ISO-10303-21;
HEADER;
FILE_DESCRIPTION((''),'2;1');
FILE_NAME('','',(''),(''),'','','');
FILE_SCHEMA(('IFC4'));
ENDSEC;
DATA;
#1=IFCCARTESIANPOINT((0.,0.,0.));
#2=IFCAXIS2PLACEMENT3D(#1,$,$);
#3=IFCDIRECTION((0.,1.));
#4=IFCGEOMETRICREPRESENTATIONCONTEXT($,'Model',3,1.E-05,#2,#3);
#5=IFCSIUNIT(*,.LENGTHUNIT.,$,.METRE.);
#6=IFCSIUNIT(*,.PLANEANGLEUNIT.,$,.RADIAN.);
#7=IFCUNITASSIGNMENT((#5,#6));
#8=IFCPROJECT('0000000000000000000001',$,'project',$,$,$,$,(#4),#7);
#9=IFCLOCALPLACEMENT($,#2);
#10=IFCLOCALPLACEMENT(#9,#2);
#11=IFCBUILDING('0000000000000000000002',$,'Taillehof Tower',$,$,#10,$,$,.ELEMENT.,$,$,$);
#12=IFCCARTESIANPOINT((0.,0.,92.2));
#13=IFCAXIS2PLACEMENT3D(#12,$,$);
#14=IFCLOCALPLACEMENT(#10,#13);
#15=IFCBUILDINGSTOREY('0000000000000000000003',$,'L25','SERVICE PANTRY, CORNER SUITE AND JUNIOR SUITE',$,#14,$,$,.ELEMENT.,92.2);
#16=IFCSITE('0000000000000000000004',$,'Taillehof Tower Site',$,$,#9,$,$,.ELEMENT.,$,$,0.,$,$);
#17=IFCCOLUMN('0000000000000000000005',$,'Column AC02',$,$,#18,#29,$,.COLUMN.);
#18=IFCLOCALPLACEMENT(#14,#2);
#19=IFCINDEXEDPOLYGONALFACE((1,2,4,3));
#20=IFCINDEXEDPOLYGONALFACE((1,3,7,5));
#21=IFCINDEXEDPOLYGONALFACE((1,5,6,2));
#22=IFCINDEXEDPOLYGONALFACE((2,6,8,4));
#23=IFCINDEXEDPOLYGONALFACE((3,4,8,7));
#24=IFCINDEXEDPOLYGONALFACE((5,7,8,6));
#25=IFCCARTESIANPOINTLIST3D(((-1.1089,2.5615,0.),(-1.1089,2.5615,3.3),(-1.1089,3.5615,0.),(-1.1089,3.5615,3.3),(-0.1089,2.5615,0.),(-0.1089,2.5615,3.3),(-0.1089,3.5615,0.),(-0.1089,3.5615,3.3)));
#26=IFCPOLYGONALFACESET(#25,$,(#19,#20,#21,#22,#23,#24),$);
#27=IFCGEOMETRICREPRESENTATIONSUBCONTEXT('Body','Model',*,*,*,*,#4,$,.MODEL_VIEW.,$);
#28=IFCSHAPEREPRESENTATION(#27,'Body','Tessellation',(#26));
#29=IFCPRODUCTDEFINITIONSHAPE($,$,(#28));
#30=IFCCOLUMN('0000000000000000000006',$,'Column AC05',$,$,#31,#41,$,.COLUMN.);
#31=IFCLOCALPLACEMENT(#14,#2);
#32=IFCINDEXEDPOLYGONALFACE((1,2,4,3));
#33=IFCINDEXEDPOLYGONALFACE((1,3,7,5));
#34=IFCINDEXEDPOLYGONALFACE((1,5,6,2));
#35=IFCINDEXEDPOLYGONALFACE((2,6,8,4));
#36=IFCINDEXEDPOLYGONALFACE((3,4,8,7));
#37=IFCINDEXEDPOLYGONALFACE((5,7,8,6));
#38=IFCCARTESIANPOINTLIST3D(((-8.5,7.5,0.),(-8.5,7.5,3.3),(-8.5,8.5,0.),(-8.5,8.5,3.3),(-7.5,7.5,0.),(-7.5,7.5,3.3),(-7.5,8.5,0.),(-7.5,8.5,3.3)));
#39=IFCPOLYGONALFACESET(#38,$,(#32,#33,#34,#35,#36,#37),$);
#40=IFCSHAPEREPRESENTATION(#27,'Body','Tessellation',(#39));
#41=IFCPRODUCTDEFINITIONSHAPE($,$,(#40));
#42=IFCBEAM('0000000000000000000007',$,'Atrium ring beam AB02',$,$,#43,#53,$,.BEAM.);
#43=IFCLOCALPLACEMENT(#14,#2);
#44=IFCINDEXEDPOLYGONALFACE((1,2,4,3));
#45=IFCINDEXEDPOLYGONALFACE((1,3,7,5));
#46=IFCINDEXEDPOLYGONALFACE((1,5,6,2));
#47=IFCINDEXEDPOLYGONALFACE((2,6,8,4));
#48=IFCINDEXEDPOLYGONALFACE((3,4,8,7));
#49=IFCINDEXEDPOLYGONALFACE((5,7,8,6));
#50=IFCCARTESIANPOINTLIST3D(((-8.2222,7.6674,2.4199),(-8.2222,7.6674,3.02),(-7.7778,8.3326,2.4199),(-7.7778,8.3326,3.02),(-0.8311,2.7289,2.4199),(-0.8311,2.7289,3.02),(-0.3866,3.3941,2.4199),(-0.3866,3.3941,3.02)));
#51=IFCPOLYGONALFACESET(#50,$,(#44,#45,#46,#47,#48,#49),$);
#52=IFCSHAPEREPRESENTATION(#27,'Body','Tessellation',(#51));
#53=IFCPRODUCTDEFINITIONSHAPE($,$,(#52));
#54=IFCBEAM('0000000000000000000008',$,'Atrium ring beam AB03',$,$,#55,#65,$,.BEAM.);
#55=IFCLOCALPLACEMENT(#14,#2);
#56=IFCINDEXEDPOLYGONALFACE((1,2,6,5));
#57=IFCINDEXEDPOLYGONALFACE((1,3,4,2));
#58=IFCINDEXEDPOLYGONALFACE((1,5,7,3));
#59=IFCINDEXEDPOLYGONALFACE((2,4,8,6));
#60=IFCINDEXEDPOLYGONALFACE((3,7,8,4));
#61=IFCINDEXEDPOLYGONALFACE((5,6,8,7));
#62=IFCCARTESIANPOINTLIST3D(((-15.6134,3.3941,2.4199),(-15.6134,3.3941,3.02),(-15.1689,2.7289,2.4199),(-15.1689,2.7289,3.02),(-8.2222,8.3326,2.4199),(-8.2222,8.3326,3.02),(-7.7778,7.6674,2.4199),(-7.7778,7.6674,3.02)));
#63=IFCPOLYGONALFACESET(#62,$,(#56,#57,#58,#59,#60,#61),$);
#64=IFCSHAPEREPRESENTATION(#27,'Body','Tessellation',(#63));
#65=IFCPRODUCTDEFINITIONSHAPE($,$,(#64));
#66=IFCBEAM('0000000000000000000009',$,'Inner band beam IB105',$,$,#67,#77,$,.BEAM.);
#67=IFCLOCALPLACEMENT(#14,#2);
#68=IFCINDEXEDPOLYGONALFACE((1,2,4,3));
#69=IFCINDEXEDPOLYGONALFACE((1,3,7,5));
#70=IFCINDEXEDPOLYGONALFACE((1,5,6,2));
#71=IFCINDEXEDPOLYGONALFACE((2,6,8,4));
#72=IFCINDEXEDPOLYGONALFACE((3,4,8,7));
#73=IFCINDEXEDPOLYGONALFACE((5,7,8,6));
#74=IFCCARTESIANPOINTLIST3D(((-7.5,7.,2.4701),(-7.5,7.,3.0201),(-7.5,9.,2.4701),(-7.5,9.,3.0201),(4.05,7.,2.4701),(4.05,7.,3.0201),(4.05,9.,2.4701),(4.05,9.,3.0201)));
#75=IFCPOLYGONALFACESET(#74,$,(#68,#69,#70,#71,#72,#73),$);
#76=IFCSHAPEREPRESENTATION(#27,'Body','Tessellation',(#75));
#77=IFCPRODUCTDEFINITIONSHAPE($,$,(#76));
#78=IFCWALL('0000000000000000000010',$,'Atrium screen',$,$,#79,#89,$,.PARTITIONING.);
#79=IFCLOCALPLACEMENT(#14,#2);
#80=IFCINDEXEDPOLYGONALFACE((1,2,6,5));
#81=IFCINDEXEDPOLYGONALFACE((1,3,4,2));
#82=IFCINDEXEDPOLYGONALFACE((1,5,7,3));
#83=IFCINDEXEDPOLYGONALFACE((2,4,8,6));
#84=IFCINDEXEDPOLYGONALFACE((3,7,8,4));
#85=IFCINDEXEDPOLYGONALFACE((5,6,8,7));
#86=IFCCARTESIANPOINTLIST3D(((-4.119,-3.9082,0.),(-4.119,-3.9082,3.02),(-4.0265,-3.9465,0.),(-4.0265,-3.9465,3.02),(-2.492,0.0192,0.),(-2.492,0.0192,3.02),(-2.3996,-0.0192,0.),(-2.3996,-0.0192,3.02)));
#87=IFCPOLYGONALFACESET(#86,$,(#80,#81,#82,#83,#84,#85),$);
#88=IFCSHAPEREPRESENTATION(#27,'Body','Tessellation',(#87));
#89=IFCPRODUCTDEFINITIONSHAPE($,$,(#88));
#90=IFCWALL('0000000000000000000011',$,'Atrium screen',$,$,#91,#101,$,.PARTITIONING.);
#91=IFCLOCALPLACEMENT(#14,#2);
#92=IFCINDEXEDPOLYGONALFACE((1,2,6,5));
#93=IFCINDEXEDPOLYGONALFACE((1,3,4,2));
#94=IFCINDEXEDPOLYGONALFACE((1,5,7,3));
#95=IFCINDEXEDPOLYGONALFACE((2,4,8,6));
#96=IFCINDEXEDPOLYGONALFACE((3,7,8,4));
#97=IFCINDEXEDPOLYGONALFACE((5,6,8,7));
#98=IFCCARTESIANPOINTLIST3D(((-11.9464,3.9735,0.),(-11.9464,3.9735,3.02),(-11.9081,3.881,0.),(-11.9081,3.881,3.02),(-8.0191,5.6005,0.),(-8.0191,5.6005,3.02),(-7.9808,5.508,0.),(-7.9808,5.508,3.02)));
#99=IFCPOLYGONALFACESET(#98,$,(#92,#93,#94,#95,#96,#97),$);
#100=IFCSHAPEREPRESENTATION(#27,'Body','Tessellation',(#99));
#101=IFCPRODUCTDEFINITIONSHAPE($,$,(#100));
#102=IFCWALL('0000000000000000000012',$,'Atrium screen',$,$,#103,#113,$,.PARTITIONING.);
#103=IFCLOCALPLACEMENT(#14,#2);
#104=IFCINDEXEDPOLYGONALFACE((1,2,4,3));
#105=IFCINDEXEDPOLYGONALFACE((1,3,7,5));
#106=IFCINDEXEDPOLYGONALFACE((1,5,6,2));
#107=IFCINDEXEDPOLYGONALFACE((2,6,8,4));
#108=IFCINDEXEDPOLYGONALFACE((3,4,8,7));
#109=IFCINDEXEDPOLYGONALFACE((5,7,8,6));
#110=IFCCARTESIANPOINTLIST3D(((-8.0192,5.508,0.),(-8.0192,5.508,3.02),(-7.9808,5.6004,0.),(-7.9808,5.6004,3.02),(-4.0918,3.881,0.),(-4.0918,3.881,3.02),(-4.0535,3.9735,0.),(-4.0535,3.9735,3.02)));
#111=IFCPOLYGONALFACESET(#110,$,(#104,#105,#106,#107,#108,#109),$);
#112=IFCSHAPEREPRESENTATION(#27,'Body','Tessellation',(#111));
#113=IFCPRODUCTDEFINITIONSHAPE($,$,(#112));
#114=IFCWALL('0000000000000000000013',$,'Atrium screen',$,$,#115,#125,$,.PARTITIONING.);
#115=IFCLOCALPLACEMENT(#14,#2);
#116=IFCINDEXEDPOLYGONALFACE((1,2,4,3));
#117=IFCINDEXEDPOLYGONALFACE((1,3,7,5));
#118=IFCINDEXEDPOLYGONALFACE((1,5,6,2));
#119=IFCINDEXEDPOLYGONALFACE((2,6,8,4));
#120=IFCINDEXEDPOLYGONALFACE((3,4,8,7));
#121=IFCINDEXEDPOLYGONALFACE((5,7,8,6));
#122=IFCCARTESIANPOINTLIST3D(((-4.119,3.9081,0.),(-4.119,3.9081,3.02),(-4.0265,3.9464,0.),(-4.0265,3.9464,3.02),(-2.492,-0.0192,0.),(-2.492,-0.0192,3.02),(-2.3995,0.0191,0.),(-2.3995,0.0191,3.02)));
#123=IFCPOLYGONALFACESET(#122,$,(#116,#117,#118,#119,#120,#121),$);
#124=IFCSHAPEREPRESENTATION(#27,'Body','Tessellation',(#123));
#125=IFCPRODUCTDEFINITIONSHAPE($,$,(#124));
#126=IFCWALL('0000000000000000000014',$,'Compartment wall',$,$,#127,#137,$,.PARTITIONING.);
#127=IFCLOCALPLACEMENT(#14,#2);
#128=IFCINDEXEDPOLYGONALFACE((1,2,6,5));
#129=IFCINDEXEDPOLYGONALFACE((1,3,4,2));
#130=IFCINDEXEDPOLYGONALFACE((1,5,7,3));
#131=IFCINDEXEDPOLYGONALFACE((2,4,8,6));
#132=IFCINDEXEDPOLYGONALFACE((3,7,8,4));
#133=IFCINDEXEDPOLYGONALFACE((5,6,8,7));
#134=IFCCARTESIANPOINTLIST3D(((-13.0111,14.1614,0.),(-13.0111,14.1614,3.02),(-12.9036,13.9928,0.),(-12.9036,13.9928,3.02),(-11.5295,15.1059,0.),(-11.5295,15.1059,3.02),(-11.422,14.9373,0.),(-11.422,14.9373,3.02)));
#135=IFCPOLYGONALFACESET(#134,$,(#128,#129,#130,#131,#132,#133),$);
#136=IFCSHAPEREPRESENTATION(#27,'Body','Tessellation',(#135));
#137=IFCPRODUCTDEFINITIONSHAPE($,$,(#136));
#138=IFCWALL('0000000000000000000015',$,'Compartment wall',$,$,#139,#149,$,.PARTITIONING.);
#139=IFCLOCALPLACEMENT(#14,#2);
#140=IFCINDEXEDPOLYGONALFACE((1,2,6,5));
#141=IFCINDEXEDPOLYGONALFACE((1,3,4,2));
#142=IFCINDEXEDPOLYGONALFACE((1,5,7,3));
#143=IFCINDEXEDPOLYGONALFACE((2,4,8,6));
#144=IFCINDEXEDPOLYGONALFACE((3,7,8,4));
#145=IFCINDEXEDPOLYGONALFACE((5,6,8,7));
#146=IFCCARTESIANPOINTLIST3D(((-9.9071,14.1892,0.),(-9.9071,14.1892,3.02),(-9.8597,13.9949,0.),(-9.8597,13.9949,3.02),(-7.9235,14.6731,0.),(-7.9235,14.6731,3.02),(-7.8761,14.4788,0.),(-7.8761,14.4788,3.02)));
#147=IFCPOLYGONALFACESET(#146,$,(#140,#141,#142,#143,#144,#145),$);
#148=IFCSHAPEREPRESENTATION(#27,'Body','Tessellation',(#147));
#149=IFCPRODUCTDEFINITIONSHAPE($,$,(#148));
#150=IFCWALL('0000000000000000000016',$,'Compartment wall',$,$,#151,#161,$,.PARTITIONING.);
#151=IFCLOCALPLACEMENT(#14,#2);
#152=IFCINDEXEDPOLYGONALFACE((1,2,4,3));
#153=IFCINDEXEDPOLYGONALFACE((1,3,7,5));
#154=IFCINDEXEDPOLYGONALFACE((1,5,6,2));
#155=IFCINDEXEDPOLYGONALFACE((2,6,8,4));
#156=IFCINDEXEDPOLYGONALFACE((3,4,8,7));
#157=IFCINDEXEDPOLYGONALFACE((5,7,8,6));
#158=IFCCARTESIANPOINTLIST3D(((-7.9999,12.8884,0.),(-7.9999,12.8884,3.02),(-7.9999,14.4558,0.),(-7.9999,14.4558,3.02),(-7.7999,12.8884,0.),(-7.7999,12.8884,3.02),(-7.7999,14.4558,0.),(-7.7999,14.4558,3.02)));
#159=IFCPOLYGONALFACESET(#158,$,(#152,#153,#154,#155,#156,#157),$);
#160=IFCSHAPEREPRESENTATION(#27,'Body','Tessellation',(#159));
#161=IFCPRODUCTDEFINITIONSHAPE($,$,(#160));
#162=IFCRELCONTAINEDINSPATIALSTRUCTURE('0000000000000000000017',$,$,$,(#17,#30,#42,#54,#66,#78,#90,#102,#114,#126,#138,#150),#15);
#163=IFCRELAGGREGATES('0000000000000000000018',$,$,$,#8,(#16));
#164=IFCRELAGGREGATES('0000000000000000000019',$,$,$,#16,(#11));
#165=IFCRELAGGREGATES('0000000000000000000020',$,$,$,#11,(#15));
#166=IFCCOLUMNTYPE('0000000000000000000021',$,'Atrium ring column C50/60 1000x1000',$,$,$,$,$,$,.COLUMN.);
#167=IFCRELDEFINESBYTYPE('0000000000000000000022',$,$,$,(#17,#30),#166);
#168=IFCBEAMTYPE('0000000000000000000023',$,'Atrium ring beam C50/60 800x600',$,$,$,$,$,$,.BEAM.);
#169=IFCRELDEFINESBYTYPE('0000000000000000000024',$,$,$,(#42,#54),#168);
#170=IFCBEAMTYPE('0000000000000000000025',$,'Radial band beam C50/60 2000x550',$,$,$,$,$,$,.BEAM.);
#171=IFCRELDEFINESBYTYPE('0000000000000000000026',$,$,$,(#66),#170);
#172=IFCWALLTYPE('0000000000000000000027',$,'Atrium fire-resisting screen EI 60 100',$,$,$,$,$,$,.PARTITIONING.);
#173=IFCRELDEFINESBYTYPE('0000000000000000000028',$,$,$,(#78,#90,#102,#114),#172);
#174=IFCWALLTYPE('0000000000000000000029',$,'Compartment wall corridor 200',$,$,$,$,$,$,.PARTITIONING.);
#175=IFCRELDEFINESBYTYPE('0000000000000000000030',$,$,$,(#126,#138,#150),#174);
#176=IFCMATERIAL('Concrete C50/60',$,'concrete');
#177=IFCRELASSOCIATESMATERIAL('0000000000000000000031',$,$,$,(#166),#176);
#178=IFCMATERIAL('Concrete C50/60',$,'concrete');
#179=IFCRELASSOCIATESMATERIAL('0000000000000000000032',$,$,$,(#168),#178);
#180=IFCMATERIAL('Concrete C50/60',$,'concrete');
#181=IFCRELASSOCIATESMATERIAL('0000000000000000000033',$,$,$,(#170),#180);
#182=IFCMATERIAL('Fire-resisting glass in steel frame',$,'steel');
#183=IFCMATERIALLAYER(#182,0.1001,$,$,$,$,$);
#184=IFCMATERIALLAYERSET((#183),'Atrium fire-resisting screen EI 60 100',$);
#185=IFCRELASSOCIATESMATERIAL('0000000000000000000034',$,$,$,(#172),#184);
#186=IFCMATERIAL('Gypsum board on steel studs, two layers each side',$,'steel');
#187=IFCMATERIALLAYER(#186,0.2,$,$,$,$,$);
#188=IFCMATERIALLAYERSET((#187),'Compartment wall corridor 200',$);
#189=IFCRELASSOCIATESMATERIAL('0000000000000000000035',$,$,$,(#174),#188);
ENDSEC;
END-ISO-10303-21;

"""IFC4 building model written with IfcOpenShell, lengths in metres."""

from ifc_helpers import new_model, si_unit, direction, frame, frame_2d, origin, origin_2d, place, context, subcontext, project, spatial, rectangle, extrude, material, layer, layer_set, material_profile, profile_set, type_object, element, save


model = new_model("IFC4")

# Units and contexts
model_context = context("Model", 3, precision=1e-05, world=origin(), true_north=direction((0.0, 1.0)))
body_context = subcontext(model_context, "Body", "Model", "MODEL_VIEW")
ifc_project = project(units=[si_unit("LENGTHUNIT", "METRE"), si_unit("PLANEANGLEUNIT", "RADIAN")], contexts=[model_context])

# Site, building, storey
site_placement = place(None, origin())
site = spatial("IfcSite", under=ifc_project, at=site_placement, Name="Taillehof Tower Site", CompositionType="ELEMENT", RefElevation=0.0)
building_placement = place(site_placement, origin())
building = spatial("IfcBuilding", under=site, at=building_placement, Name="Taillehof Tower", CompositionType="ELEMENT")
storey_placement = place(building_placement, frame((0.0, 0.0, 92.2)))
storey = spatial("IfcBuildingStorey", under=building, at=storey_placement, Name="L25", Description="SERVICE PANTRY, CORNER SUITE AND JUNIOR SUITE", CompositionType="ELEMENT", Elevation=92.2)

# Columns
ifc_material_1 = material(Name="Concrete C50/60", Category="concrete")
ifc_material_profile_1 = material_profile(ifc_material_1, rectangle(XDim=1.0, YDim=1.0, at=origin_2d()), Name="RC 1000x1000")
ifc_profile_set_1 = profile_set([ifc_material_profile_1], Name="Concrete C50/60")
column_type = type_object("IfcColumnType", Name="Atrium ring column C50/60 1000x1000", PredefinedType="COLUMN", material=ifc_profile_set_1)
for number, where, z_axis, x_axis, name in (
    (1, (-0.6089, 3.0615, 0.0), (0.0, 0.0, 1.0), (1.0, 0.0, 0.0), "Column AC02"),
    (2, (-8.0, 8.0, 0.0), (0.0, 0.0, 1.0), (1.0, 0.0, 0.0), "Column AC05"),
):
    element("IfcColumn", number, at=place(storey_placement, frame(where, z_axis=z_axis, x_axis=x_axis)), inside=storey, type_object=column_type, Name=name, PredefinedType="COLUMN", context=body_context, shape_type="SweptSolid", body=[
        extrude(rectangle(XDim=1.0, YDim=1.0, at=origin_2d()), origin(), (0.0, 0.0, 1.0), 3.3),
    ])

# Beams
ifc_material_2 = material(Name="Concrete C50/60", Category="concrete")
ifc_material_profile_2 = material_profile(ifc_material_2, rectangle(XDim=0.8, YDim=0.6001, at=origin_2d()), Name="RC 800x600")
ifc_profile_set_2 = profile_set([ifc_material_profile_2], Name="Concrete C50/60")
beam_type_1 = type_object("IfcBeamType", Name="Atrium ring beam C50/60 800x600", PredefinedType="BEAM", material=ifc_profile_set_2)
for number, where, z_axis, x_axis, name in (
    (3, (-0.6089, 3.0615, 2.72), (-0.831475, 0.555562, 0.0), (-0.555562, -0.831475, 0.0), "Atrium ring beam AB02"),
    (4, (-8.0, 8.0, 2.72), (-0.831475, -0.555562, 0.0), (0.555562, -0.831475, 0.0), "Atrium ring beam AB03"),
):
    element("IfcBeam", number, at=place(storey_placement, frame(where, z_axis=z_axis, x_axis=x_axis)), inside=storey, type_object=beam_type_1, Name=name, PredefinedType="BEAM", context=body_context, shape_type="SweptSolid", body=[
        extrude(rectangle(XDim=0.8, YDim=0.6001, at=origin_2d()), origin(), (0.0, 0.0, 1.0), 8.8892),
    ])
ifc_material_3 = material(Name="Concrete C50/60", Category="concrete")
ifc_material_profile_3 = material_profile(ifc_material_3, rectangle(XDim=2.0, YDim=0.55, at=origin_2d()), Name="RC 2000x550")
ifc_profile_set_3 = profile_set([ifc_material_profile_3], Name="Concrete C50/60")
beam_type_2 = type_object("IfcBeamType", Name="Radial band beam C50/60 2000x550", PredefinedType="BEAM", material=ifc_profile_set_3)
beam_placement = place(storey_placement, frame((-7.5, 8.0, 2.7451), z_axis=(1.0, 0.0, 0.0), x_axis=(0.0, 1.0, 0.0)))
element("IfcBeam", 5, at=beam_placement, inside=storey, type_object=beam_type_2, Name="Inner band beam IB105", PredefinedType="BEAM", context=body_context, shape_type="SweptSolid", body=[
    extrude(rectangle(XDim=2.0, YDim=0.55, at=origin_2d()), origin(), (0.0, 0.0, 1.0), 11.55),
])

# Walls
ifc_material_4 = material(Name="Fire-resisting glass in steel frame", Category="steel")
ifc_layer_1 = layer(ifc_material_4, 0.1001)
ifc_layer_set_1 = layer_set([ifc_layer_1], Name="Atrium fire-resisting screen EI 60 100")
wall_type_1 = type_object("IfcWallType", Name="Atrium fire-resisting screen EI 60 100", PredefinedType="PARTITIONING", material=ifc_layer_set_1)
for number, where, z_axis, x_axis, name in (
    (6, (-2.4458, 0.0, 0.0), (0.0, 0.0, 1.0), (-0.382731, -0.92386, 0.0), "Atrium screen"),
    (7, (-11.9272, 3.9272, 0.0), (0.0, 0.0, 1.0), (0.92386, 0.382731, 0.0), "Atrium screen"),
    (8, (-8.0, 5.5542, 0.0), (0.0, 0.0, 1.0), (0.92386, -0.382731, 0.0), "Atrium screen"),
    (9, (-4.0728, 3.9272, 0.0), (0.0, 0.0, 1.0), (0.382731, -0.92386, 0.0), "Atrium screen"),
):
    element("IfcWall", number, at=place(storey_placement, frame(where, z_axis=z_axis, x_axis=x_axis)), inside=storey, type_object=wall_type_1, Name=name, PredefinedType="PARTITIONING", context=body_context, shape_type="SweptSolid", body=[
        extrude(rectangle(XDim=4.251, YDim=0.1001, at=frame_2d((2.1255, 0.0))), origin(), (0.0, 0.0, 1.0), 3.02),
    ])
ifc_material_5 = material(Name="Gypsum board on steel studs, two layers each side", Category="steel")
ifc_layer_2 = layer(ifc_material_5, 0.2)
ifc_layer_set_2 = layer_set([ifc_layer_2], Name="Compartment wall corridor 200")
wall_type_2 = type_object("IfcWallType", Name="Compartment wall corridor 200", PredefinedType="PARTITIONING", material=ifc_layer_set_2)
wall_1_placement = place(storey_placement, frame((-12.9573, 14.0771, 0.0), z_axis=(0.0, 0.0, 1.0), x_axis=(0.843226, 0.537559, 0.0)))
element("IfcWall", 10, at=wall_1_placement, inside=storey, type_object=wall_type_2, Name="Compartment wall", PredefinedType="PARTITIONING", context=body_context, shape_type="SweptSolid", body=[
    extrude(rectangle(XDim=1.7571, YDim=0.2, at=frame_2d((0.8784, 0.0))), origin(), (0.0, 0.0, 1.0), 3.02),
])
wall_2_placement = place(storey_placement, frame((-9.8835, 14.092, 0.0), z_axis=(0.0, 0.0, 1.0), x_axis=(0.971512, 0.236989, 0.0)))
element("IfcWall", 11, at=wall_2_placement, inside=storey, type_object=wall_type_2, Name="Compartment wall", PredefinedType="PARTITIONING", context=body_context, shape_type="SweptSolid", body=[
    extrude(rectangle(XDim=2.0417, YDim=0.2, at=frame_2d((1.021, 0.0))), origin(), (0.0, 0.0, 1.0), 3.02),
])
wall_3_placement = place(storey_placement, frame((-7.8999, 14.4558, 0.0), z_axis=(0.0, 0.0, 1.0), x_axis=(0.0, -1.0, 0.0)))
element("IfcWall", 12, at=wall_3_placement, inside=storey, type_object=wall_type_2, Name="Compartment wall", PredefinedType="PARTITIONING", context=body_context, shape_type="SweptSolid", body=[
    extrude(rectangle(XDim=1.5674, YDim=0.2, at=frame_2d((0.7837, 0.0))), origin(), (0.0, 0.0, 1.0), 3.02),
])

save(model, "model.ifc")
